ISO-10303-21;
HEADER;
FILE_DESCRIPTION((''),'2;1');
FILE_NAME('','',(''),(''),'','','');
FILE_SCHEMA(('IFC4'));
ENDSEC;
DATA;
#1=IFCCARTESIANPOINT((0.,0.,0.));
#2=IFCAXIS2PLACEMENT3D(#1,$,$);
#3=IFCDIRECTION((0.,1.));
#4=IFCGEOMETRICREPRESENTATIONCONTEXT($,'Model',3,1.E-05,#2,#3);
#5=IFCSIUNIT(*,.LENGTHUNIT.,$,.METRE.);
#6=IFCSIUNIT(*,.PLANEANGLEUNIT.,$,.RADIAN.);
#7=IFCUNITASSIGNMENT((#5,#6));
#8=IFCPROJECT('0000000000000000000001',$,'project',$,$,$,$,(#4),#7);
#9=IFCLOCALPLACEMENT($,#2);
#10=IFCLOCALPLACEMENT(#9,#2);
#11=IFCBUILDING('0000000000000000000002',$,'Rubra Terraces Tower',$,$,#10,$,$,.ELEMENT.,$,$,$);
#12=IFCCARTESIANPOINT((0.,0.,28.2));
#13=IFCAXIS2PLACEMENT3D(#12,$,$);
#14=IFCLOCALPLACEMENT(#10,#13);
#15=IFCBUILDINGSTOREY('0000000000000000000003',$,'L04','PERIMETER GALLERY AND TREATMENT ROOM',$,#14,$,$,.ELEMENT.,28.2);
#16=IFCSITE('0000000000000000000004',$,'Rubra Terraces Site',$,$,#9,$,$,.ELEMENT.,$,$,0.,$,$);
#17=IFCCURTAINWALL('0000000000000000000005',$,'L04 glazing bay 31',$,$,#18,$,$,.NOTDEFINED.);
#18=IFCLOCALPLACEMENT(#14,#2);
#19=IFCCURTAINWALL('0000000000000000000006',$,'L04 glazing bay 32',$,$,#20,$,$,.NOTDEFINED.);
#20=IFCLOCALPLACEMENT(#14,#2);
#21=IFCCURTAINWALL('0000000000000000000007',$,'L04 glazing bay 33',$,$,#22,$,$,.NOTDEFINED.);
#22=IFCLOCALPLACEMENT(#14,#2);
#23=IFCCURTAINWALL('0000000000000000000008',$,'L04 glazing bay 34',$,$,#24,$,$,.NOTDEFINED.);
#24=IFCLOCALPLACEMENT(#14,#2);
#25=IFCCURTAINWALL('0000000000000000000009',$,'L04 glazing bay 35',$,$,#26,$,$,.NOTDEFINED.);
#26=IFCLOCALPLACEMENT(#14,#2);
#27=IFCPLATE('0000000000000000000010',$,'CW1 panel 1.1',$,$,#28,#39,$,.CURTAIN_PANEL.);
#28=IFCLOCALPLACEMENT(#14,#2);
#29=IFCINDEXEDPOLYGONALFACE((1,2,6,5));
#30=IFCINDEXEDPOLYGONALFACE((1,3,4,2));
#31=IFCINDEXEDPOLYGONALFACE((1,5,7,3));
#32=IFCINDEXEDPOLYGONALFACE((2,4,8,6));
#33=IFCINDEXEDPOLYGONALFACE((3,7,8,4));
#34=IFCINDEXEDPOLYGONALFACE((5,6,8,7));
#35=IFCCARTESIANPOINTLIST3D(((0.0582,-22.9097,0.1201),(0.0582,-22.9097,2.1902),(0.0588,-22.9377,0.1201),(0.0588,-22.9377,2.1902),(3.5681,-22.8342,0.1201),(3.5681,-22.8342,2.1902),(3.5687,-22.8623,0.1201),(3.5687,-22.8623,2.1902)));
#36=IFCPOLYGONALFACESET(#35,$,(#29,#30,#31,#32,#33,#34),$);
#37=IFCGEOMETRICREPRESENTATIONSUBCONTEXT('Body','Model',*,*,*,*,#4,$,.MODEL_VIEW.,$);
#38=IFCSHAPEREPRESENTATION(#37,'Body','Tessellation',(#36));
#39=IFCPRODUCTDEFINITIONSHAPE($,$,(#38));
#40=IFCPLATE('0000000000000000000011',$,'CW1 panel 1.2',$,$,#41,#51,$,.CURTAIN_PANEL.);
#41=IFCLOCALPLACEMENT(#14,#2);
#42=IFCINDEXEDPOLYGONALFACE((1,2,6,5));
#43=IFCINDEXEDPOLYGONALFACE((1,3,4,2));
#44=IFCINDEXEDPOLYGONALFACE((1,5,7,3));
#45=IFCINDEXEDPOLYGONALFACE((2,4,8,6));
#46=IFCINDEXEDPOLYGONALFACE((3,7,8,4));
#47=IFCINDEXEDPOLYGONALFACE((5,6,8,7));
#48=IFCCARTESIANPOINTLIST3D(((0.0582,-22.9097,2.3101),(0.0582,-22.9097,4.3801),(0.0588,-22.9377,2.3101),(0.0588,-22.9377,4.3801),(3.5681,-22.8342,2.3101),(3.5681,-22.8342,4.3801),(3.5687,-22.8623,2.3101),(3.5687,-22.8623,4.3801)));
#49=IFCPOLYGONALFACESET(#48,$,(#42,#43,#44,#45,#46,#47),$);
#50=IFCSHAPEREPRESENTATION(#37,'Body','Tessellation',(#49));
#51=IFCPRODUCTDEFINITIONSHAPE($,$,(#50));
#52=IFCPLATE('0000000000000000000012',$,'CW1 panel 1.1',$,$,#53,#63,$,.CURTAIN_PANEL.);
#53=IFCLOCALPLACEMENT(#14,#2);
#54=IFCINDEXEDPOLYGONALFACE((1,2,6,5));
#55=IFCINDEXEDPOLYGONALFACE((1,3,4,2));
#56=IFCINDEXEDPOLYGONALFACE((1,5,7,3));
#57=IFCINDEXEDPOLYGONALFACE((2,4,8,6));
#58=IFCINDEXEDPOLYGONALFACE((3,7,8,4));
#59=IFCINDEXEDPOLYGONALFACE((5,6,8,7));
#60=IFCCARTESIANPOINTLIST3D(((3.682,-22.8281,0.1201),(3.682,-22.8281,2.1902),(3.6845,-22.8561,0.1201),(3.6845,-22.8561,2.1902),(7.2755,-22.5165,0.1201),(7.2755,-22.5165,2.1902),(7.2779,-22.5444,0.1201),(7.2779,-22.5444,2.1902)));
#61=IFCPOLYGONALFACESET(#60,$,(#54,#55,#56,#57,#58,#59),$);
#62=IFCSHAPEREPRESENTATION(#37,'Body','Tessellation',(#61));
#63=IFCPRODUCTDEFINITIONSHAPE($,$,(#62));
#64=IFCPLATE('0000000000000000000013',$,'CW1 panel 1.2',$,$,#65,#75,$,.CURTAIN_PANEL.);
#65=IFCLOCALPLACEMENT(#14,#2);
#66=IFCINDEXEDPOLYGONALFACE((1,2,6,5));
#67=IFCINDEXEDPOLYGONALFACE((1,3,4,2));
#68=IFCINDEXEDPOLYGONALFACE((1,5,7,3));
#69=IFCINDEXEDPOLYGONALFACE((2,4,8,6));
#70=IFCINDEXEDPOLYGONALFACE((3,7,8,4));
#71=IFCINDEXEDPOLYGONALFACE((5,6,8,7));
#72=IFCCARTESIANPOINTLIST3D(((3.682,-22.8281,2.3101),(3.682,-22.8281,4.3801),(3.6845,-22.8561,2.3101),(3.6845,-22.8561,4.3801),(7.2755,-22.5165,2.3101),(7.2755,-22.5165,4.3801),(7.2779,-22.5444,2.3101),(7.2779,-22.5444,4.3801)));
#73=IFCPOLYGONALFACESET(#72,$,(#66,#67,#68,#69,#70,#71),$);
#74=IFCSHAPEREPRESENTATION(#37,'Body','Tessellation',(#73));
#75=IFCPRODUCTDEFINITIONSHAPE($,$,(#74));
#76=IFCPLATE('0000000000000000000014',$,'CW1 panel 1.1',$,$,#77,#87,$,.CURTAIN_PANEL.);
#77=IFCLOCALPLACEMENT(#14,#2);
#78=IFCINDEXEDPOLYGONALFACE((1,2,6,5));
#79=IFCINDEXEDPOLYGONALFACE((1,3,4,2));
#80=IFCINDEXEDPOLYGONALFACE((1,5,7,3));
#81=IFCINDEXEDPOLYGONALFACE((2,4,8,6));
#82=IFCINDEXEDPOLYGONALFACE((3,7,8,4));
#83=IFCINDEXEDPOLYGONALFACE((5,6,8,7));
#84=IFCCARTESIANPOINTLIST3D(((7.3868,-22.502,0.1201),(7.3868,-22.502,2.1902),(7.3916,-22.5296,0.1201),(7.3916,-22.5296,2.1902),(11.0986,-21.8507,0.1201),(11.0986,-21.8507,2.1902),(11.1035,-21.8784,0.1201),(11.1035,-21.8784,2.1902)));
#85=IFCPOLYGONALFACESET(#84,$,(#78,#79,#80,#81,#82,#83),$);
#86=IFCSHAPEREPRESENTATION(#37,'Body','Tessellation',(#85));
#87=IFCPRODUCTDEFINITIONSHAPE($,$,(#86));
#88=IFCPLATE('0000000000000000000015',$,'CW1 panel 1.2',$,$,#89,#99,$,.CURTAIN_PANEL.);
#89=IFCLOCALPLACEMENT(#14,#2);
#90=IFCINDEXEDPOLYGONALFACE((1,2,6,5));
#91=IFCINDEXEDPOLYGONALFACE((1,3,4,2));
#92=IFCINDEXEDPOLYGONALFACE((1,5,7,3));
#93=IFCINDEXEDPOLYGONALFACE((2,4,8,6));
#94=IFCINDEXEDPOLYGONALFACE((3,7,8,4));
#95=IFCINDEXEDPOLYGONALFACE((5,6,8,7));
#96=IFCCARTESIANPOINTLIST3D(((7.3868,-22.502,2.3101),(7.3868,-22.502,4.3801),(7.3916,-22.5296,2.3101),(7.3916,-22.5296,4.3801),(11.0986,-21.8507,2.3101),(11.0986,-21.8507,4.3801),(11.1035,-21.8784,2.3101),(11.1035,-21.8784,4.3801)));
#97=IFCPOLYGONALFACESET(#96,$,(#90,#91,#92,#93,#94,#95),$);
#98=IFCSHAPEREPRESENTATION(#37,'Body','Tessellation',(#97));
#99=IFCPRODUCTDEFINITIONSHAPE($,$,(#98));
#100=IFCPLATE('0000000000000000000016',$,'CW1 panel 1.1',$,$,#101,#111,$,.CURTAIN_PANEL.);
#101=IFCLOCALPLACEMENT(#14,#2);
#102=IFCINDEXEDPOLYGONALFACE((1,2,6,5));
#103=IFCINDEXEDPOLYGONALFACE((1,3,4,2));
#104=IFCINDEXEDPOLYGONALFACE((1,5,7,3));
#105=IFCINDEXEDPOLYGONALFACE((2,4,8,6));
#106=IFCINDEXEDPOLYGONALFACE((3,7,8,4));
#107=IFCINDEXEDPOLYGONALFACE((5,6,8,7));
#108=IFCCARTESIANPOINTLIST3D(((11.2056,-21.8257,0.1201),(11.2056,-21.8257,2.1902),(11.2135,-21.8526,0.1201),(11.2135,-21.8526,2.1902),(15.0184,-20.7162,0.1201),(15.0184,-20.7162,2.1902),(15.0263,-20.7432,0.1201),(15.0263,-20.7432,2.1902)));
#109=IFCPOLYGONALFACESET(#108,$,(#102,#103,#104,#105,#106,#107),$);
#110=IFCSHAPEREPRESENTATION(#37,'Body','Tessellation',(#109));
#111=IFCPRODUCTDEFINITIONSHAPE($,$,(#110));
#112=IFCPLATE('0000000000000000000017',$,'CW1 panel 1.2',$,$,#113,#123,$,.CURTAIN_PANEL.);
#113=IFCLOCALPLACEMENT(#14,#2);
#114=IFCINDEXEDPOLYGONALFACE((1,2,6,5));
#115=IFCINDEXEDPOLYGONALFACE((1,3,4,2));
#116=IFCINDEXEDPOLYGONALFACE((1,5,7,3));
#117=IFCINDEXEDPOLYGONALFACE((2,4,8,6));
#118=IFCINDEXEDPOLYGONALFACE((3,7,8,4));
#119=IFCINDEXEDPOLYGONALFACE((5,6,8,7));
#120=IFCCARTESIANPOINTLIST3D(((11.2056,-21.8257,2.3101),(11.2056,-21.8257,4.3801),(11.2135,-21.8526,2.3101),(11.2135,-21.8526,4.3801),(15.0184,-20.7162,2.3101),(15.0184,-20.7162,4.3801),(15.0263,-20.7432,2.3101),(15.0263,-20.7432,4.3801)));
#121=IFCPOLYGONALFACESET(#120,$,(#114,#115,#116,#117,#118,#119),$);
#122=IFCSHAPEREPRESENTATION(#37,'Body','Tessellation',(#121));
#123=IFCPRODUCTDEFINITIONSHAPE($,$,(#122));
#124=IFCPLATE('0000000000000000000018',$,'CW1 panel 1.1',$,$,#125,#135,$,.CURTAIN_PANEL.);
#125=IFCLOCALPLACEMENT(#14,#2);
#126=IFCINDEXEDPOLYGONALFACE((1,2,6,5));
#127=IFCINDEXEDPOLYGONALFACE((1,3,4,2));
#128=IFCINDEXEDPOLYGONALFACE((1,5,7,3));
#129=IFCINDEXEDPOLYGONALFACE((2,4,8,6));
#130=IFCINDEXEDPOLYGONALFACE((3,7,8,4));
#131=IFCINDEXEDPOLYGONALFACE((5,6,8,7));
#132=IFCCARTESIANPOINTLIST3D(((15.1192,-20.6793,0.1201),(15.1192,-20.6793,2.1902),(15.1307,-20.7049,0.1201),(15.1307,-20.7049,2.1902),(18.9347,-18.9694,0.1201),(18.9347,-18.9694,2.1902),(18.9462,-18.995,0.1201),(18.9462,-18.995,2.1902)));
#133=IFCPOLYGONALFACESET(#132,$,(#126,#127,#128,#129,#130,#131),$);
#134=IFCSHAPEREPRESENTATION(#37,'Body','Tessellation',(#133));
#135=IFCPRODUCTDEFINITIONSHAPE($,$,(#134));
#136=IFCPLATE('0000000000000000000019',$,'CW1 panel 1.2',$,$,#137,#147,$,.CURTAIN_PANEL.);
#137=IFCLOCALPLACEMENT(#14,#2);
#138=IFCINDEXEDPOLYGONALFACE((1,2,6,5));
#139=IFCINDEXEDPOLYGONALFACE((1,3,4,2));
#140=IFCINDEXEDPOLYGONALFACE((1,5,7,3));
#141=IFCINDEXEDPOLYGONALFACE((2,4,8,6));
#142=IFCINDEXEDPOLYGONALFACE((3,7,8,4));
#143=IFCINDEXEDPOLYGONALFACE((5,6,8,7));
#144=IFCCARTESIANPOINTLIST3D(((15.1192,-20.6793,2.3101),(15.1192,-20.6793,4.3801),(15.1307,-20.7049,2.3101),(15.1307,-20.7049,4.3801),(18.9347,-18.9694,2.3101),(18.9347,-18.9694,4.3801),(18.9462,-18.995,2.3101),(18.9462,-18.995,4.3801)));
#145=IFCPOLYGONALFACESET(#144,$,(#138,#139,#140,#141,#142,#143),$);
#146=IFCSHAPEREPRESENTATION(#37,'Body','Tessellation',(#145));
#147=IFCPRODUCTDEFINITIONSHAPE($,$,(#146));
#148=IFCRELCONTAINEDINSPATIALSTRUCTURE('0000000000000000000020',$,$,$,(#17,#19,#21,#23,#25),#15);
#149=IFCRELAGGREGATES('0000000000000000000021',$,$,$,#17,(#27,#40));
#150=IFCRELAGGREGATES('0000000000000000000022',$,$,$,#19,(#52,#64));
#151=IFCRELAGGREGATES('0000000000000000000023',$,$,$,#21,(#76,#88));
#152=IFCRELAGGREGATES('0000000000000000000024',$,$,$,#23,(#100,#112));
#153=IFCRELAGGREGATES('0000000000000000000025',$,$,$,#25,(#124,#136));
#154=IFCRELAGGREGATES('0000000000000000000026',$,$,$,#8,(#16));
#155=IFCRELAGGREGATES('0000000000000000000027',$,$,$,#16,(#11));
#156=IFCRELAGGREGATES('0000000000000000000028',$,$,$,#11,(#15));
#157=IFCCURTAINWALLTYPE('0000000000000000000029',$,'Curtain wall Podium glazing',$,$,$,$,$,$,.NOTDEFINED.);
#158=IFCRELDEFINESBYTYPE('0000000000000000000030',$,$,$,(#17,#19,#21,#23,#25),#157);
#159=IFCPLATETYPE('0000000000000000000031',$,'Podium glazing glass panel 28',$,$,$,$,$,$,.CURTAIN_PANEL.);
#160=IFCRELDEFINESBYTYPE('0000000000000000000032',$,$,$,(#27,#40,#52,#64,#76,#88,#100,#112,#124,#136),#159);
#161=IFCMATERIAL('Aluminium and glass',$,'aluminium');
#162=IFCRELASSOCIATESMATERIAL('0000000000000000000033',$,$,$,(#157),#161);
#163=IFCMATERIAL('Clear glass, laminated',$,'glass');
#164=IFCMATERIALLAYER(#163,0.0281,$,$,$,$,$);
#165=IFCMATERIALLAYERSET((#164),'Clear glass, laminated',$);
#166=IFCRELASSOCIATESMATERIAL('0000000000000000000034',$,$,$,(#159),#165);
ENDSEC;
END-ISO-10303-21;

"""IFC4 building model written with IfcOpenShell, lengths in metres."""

from ifc_helpers import new_model, si_unit, direction, frame, origin, origin_2d, place, context, subcontext, project, spatial, rectangle, extrude, material, layer, layer_set, type_object, element, aggregate, save


model = new_model("IFC4")

# Units and contexts
model_context = context("Model", 3, precision=1e-05, world=origin(), true_north=direction((0.0, 1.0)))
body_context = subcontext(model_context, "Body", "Model", "MODEL_VIEW")
ifc_project = project(units=[si_unit("LENGTHUNIT", "METRE"), si_unit("PLANEANGLEUNIT", "RADIAN")], contexts=[model_context])

# Site, building, storey
site_placement = place(None, origin())
site = spatial("IfcSite", under=ifc_project, at=site_placement, Name="Rubra Terraces Site", CompositionType="ELEMENT", RefElevation=0.0)
building_placement = place(site_placement, origin())
building = spatial("IfcBuilding", under=site, at=building_placement, Name="Rubra Terraces Tower", CompositionType="ELEMENT")
storey_placement = place(building_placement, frame((0.0, 0.0, 28.2)))
storey = spatial("IfcBuildingStorey", under=building, at=storey_placement, Name="L04", Description="PERIMETER GALLERY AND TREATMENT ROOM", CompositionType="ELEMENT", Elevation=28.2)

# Curtain walls
ifc_material_1 = material(Name="Aluminium and glass", Category="aluminium")
curtain_wall_type = type_object("IfcCurtainWallType", Name="Curtain wall Podium glazing", PredefinedType="NOTDEFINED", material=ifc_material_1)
curtain_wall_1_placement = place(storey_placement, origin())
curtain_wall_1 = element("IfcCurtainWall", 1, at=curtain_wall_1_placement, inside=storey, type_object=curtain_wall_type, Name="L04 glazing bay 31", PredefinedType="NOTDEFINED")
curtain_wall_2_placement = place(storey_placement, origin())
curtain_wall_2 = element("IfcCurtainWall", 2, at=curtain_wall_2_placement, inside=storey, type_object=curtain_wall_type, Name="L04 glazing bay 32", PredefinedType="NOTDEFINED")
curtain_wall_3_placement = place(storey_placement, origin())
curtain_wall_3 = element("IfcCurtainWall", 3, at=curtain_wall_3_placement, inside=storey, type_object=curtain_wall_type, Name="L04 glazing bay 33", PredefinedType="NOTDEFINED")
curtain_wall_4_placement = place(storey_placement, origin())
curtain_wall_4 = element("IfcCurtainWall", 4, at=curtain_wall_4_placement, inside=storey, type_object=curtain_wall_type, Name="L04 glazing bay 34", PredefinedType="NOTDEFINED")
curtain_wall_5_placement = place(storey_placement, origin())
curtain_wall_5 = element("IfcCurtainWall", 5, at=curtain_wall_5_placement, inside=storey, type_object=curtain_wall_type, Name="L04 glazing bay 35", PredefinedType="NOTDEFINED")

# Plates
ifc_material_2 = material(Name="Clear glass, laminated", Category="glass")
ifc_layer = layer(ifc_material_2, 0.0281)
ifc_layer_set = layer_set([ifc_layer], Name="Clear glass, laminated")
plate_type = type_object("IfcPlateType", Name="Podium glazing glass panel 28", PredefinedType="CURTAIN_PANEL", material=ifc_layer_set)
plate_1_placement = place(storey_placement, frame((1.8135, -22.886, 0.1201), z_axis=(0.0, 0.0, 1.0), x_axis=(0.999769, 0.021483, 0.0)))
plate_1 = element("IfcPlate", 6, at=plate_1_placement, type_object=plate_type, Name="CW1 panel 1.1", PredefinedType="CURTAIN_PANEL", context=body_context, shape_type="SweptSolid", body=[
    extrude(rectangle(XDim=3.5107, YDim=0.0281, at=origin_2d()), origin(), (0.0, 0.0, 1.0), 2.0701),
])
plate_2_placement = place(storey_placement, frame((1.8135, -22.886, 2.3101), z_axis=(0.0, 0.0, 1.0), x_axis=(0.999769, 0.021483, 0.0)))
plate_2 = element("IfcPlate", 7, at=plate_2_placement, type_object=plate_type, Name="CW1 panel 1.2", PredefinedType="CURTAIN_PANEL", context=body_context, shape_type="SweptSolid", body=[
    extrude(rectangle(XDim=3.5107, YDim=0.0281, at=origin_2d()), origin(), (0.0, 0.0, 1.0), 2.0701),
])
aggregate(curtain_wall_1, [plate_1, plate_2])
plate_3_placement = place(storey_placement, frame((5.48, -22.6863, 0.1201), z_axis=(0.0, 0.0, 1.0), x_axis=(0.996261, 0.086398, 0.0)))
plate_3 = element("IfcPlate", 8, at=plate_3_placement, type_object=plate_type, Name="CW1 panel 1.1", PredefinedType="CURTAIN_PANEL", context=body_context, shape_type="SweptSolid", body=[
    extrude(rectangle(XDim=3.6069, YDim=0.0281, at=origin_2d()), origin(), (0.0, 0.0, 1.0), 2.0701),
])
plate_4_placement = place(storey_placement, frame((5.48, -22.6863, 2.3101), z_axis=(0.0, 0.0, 1.0), x_axis=(0.996261, 0.086398, 0.0)))
plate_4 = element("IfcPlate", 9, at=plate_4_placement, type_object=plate_type, Name="CW1 panel 1.2", PredefinedType="CURTAIN_PANEL", context=body_context, shape_type="SweptSolid", body=[
    extrude(rectangle(XDim=3.6069, YDim=0.0281, at=origin_2d()), origin(), (0.0, 0.0, 1.0), 2.0701),
])
aggregate(curtain_wall_2, [plate_3, plate_4])
plate_5_placement = place(storey_placement, frame((9.2451, -22.1902, 0.1201), z_axis=(0.0, 0.0, 1.0), x_axis=(0.984954, 0.172817, 0.0)))
plate_5 = element("IfcPlate", 10, at=plate_5_placement, type_object=plate_type, Name="CW1 panel 1.1", PredefinedType="CURTAIN_PANEL", context=body_context, shape_type="SweptSolid", body=[
    extrude(rectangle(XDim=3.7686, YDim=0.0281, at=origin_2d()), origin(), (0.0, 0.0, 1.0), 2.0701),
])
plate_6_placement = place(storey_placement, frame((9.2451, -22.1902, 2.3101), z_axis=(0.0, 0.0, 1.0), x_axis=(0.984954, 0.172817, 0.0)))
plate_6 = element("IfcPlate", 11, at=plate_6_placement, type_object=plate_type, Name="CW1 panel 1.2", PredefinedType="CURTAIN_PANEL", context=body_context, shape_type="SweptSolid", body=[
    extrude(rectangle(XDim=3.7686, YDim=0.0281, at=origin_2d()), origin(), (0.0, 0.0, 1.0), 2.0701),
])
aggregate(curtain_wall_3, [plate_5, plate_6])
plate_7_placement = place(storey_placement, frame((13.116, -21.2844, 0.1201), z_axis=(0.0, 0.0, 1.0), x_axis=(0.960175, 0.279399, 0.0)))
plate_7 = element("IfcPlate", 12, at=plate_7_placement, type_object=plate_type, Name="CW1 panel 1.1", PredefinedType="CURTAIN_PANEL", context=body_context, shape_type="SweptSolid", body=[
    extrude(rectangle(XDim=3.9709, YDim=0.0281, at=origin_2d()), origin(), (0.0, 0.0, 1.0), 2.0701),
])
plate_8_placement = place(storey_placement, frame((13.116, -21.2844, 2.3101), z_axis=(0.0, 0.0, 1.0), x_axis=(0.960175, 0.279399, 0.0)))
plate_8 = element("IfcPlate", 13, at=plate_8_placement, type_object=plate_type, Name="CW1 panel 1.2", PredefinedType="CURTAIN_PANEL", context=body_context, shape_type="SweptSolid", body=[
    extrude(rectangle(XDim=3.9709, YDim=0.0281, at=origin_2d()), origin(), (0.0, 0.0, 1.0), 2.0701),
])
aggregate(curtain_wall_4, [plate_7, plate_8])
plate_9_placement = place(storey_placement, frame((17.0327, -19.8372, 0.1201), z_axis=(0.0, 0.0, 1.0), x_axis=(0.912551, 0.408962, 0.0)))
plate_9 = element("IfcPlate", 14, at=plate_9_placement, type_object=plate_type, Name="CW1 panel 1.1", PredefinedType="CURTAIN_PANEL", context=body_context, shape_type="SweptSolid", body=[
    extrude(rectangle(XDim=4.1812, YDim=0.0281, at=origin_2d()), origin(), (0.0, 0.0, 1.0), 2.0701),
])
plate_10_placement = place(storey_placement, frame((17.0327, -19.8372, 2.3101), z_axis=(0.0, 0.0, 1.0), x_axis=(0.912551, 0.408962, 0.0)))
plate_10 = element("IfcPlate", 15, at=plate_10_placement, type_object=plate_type, Name="CW1 panel 1.2", PredefinedType="CURTAIN_PANEL", context=body_context, shape_type="SweptSolid", body=[
    extrude(rectangle(XDim=4.1812, YDim=0.0281, at=origin_2d()), origin(), (0.0, 0.0, 1.0), 2.0701),
])
aggregate(curtain_wall_5, [plate_9, plate_10])

save(model, "model.ifc")
